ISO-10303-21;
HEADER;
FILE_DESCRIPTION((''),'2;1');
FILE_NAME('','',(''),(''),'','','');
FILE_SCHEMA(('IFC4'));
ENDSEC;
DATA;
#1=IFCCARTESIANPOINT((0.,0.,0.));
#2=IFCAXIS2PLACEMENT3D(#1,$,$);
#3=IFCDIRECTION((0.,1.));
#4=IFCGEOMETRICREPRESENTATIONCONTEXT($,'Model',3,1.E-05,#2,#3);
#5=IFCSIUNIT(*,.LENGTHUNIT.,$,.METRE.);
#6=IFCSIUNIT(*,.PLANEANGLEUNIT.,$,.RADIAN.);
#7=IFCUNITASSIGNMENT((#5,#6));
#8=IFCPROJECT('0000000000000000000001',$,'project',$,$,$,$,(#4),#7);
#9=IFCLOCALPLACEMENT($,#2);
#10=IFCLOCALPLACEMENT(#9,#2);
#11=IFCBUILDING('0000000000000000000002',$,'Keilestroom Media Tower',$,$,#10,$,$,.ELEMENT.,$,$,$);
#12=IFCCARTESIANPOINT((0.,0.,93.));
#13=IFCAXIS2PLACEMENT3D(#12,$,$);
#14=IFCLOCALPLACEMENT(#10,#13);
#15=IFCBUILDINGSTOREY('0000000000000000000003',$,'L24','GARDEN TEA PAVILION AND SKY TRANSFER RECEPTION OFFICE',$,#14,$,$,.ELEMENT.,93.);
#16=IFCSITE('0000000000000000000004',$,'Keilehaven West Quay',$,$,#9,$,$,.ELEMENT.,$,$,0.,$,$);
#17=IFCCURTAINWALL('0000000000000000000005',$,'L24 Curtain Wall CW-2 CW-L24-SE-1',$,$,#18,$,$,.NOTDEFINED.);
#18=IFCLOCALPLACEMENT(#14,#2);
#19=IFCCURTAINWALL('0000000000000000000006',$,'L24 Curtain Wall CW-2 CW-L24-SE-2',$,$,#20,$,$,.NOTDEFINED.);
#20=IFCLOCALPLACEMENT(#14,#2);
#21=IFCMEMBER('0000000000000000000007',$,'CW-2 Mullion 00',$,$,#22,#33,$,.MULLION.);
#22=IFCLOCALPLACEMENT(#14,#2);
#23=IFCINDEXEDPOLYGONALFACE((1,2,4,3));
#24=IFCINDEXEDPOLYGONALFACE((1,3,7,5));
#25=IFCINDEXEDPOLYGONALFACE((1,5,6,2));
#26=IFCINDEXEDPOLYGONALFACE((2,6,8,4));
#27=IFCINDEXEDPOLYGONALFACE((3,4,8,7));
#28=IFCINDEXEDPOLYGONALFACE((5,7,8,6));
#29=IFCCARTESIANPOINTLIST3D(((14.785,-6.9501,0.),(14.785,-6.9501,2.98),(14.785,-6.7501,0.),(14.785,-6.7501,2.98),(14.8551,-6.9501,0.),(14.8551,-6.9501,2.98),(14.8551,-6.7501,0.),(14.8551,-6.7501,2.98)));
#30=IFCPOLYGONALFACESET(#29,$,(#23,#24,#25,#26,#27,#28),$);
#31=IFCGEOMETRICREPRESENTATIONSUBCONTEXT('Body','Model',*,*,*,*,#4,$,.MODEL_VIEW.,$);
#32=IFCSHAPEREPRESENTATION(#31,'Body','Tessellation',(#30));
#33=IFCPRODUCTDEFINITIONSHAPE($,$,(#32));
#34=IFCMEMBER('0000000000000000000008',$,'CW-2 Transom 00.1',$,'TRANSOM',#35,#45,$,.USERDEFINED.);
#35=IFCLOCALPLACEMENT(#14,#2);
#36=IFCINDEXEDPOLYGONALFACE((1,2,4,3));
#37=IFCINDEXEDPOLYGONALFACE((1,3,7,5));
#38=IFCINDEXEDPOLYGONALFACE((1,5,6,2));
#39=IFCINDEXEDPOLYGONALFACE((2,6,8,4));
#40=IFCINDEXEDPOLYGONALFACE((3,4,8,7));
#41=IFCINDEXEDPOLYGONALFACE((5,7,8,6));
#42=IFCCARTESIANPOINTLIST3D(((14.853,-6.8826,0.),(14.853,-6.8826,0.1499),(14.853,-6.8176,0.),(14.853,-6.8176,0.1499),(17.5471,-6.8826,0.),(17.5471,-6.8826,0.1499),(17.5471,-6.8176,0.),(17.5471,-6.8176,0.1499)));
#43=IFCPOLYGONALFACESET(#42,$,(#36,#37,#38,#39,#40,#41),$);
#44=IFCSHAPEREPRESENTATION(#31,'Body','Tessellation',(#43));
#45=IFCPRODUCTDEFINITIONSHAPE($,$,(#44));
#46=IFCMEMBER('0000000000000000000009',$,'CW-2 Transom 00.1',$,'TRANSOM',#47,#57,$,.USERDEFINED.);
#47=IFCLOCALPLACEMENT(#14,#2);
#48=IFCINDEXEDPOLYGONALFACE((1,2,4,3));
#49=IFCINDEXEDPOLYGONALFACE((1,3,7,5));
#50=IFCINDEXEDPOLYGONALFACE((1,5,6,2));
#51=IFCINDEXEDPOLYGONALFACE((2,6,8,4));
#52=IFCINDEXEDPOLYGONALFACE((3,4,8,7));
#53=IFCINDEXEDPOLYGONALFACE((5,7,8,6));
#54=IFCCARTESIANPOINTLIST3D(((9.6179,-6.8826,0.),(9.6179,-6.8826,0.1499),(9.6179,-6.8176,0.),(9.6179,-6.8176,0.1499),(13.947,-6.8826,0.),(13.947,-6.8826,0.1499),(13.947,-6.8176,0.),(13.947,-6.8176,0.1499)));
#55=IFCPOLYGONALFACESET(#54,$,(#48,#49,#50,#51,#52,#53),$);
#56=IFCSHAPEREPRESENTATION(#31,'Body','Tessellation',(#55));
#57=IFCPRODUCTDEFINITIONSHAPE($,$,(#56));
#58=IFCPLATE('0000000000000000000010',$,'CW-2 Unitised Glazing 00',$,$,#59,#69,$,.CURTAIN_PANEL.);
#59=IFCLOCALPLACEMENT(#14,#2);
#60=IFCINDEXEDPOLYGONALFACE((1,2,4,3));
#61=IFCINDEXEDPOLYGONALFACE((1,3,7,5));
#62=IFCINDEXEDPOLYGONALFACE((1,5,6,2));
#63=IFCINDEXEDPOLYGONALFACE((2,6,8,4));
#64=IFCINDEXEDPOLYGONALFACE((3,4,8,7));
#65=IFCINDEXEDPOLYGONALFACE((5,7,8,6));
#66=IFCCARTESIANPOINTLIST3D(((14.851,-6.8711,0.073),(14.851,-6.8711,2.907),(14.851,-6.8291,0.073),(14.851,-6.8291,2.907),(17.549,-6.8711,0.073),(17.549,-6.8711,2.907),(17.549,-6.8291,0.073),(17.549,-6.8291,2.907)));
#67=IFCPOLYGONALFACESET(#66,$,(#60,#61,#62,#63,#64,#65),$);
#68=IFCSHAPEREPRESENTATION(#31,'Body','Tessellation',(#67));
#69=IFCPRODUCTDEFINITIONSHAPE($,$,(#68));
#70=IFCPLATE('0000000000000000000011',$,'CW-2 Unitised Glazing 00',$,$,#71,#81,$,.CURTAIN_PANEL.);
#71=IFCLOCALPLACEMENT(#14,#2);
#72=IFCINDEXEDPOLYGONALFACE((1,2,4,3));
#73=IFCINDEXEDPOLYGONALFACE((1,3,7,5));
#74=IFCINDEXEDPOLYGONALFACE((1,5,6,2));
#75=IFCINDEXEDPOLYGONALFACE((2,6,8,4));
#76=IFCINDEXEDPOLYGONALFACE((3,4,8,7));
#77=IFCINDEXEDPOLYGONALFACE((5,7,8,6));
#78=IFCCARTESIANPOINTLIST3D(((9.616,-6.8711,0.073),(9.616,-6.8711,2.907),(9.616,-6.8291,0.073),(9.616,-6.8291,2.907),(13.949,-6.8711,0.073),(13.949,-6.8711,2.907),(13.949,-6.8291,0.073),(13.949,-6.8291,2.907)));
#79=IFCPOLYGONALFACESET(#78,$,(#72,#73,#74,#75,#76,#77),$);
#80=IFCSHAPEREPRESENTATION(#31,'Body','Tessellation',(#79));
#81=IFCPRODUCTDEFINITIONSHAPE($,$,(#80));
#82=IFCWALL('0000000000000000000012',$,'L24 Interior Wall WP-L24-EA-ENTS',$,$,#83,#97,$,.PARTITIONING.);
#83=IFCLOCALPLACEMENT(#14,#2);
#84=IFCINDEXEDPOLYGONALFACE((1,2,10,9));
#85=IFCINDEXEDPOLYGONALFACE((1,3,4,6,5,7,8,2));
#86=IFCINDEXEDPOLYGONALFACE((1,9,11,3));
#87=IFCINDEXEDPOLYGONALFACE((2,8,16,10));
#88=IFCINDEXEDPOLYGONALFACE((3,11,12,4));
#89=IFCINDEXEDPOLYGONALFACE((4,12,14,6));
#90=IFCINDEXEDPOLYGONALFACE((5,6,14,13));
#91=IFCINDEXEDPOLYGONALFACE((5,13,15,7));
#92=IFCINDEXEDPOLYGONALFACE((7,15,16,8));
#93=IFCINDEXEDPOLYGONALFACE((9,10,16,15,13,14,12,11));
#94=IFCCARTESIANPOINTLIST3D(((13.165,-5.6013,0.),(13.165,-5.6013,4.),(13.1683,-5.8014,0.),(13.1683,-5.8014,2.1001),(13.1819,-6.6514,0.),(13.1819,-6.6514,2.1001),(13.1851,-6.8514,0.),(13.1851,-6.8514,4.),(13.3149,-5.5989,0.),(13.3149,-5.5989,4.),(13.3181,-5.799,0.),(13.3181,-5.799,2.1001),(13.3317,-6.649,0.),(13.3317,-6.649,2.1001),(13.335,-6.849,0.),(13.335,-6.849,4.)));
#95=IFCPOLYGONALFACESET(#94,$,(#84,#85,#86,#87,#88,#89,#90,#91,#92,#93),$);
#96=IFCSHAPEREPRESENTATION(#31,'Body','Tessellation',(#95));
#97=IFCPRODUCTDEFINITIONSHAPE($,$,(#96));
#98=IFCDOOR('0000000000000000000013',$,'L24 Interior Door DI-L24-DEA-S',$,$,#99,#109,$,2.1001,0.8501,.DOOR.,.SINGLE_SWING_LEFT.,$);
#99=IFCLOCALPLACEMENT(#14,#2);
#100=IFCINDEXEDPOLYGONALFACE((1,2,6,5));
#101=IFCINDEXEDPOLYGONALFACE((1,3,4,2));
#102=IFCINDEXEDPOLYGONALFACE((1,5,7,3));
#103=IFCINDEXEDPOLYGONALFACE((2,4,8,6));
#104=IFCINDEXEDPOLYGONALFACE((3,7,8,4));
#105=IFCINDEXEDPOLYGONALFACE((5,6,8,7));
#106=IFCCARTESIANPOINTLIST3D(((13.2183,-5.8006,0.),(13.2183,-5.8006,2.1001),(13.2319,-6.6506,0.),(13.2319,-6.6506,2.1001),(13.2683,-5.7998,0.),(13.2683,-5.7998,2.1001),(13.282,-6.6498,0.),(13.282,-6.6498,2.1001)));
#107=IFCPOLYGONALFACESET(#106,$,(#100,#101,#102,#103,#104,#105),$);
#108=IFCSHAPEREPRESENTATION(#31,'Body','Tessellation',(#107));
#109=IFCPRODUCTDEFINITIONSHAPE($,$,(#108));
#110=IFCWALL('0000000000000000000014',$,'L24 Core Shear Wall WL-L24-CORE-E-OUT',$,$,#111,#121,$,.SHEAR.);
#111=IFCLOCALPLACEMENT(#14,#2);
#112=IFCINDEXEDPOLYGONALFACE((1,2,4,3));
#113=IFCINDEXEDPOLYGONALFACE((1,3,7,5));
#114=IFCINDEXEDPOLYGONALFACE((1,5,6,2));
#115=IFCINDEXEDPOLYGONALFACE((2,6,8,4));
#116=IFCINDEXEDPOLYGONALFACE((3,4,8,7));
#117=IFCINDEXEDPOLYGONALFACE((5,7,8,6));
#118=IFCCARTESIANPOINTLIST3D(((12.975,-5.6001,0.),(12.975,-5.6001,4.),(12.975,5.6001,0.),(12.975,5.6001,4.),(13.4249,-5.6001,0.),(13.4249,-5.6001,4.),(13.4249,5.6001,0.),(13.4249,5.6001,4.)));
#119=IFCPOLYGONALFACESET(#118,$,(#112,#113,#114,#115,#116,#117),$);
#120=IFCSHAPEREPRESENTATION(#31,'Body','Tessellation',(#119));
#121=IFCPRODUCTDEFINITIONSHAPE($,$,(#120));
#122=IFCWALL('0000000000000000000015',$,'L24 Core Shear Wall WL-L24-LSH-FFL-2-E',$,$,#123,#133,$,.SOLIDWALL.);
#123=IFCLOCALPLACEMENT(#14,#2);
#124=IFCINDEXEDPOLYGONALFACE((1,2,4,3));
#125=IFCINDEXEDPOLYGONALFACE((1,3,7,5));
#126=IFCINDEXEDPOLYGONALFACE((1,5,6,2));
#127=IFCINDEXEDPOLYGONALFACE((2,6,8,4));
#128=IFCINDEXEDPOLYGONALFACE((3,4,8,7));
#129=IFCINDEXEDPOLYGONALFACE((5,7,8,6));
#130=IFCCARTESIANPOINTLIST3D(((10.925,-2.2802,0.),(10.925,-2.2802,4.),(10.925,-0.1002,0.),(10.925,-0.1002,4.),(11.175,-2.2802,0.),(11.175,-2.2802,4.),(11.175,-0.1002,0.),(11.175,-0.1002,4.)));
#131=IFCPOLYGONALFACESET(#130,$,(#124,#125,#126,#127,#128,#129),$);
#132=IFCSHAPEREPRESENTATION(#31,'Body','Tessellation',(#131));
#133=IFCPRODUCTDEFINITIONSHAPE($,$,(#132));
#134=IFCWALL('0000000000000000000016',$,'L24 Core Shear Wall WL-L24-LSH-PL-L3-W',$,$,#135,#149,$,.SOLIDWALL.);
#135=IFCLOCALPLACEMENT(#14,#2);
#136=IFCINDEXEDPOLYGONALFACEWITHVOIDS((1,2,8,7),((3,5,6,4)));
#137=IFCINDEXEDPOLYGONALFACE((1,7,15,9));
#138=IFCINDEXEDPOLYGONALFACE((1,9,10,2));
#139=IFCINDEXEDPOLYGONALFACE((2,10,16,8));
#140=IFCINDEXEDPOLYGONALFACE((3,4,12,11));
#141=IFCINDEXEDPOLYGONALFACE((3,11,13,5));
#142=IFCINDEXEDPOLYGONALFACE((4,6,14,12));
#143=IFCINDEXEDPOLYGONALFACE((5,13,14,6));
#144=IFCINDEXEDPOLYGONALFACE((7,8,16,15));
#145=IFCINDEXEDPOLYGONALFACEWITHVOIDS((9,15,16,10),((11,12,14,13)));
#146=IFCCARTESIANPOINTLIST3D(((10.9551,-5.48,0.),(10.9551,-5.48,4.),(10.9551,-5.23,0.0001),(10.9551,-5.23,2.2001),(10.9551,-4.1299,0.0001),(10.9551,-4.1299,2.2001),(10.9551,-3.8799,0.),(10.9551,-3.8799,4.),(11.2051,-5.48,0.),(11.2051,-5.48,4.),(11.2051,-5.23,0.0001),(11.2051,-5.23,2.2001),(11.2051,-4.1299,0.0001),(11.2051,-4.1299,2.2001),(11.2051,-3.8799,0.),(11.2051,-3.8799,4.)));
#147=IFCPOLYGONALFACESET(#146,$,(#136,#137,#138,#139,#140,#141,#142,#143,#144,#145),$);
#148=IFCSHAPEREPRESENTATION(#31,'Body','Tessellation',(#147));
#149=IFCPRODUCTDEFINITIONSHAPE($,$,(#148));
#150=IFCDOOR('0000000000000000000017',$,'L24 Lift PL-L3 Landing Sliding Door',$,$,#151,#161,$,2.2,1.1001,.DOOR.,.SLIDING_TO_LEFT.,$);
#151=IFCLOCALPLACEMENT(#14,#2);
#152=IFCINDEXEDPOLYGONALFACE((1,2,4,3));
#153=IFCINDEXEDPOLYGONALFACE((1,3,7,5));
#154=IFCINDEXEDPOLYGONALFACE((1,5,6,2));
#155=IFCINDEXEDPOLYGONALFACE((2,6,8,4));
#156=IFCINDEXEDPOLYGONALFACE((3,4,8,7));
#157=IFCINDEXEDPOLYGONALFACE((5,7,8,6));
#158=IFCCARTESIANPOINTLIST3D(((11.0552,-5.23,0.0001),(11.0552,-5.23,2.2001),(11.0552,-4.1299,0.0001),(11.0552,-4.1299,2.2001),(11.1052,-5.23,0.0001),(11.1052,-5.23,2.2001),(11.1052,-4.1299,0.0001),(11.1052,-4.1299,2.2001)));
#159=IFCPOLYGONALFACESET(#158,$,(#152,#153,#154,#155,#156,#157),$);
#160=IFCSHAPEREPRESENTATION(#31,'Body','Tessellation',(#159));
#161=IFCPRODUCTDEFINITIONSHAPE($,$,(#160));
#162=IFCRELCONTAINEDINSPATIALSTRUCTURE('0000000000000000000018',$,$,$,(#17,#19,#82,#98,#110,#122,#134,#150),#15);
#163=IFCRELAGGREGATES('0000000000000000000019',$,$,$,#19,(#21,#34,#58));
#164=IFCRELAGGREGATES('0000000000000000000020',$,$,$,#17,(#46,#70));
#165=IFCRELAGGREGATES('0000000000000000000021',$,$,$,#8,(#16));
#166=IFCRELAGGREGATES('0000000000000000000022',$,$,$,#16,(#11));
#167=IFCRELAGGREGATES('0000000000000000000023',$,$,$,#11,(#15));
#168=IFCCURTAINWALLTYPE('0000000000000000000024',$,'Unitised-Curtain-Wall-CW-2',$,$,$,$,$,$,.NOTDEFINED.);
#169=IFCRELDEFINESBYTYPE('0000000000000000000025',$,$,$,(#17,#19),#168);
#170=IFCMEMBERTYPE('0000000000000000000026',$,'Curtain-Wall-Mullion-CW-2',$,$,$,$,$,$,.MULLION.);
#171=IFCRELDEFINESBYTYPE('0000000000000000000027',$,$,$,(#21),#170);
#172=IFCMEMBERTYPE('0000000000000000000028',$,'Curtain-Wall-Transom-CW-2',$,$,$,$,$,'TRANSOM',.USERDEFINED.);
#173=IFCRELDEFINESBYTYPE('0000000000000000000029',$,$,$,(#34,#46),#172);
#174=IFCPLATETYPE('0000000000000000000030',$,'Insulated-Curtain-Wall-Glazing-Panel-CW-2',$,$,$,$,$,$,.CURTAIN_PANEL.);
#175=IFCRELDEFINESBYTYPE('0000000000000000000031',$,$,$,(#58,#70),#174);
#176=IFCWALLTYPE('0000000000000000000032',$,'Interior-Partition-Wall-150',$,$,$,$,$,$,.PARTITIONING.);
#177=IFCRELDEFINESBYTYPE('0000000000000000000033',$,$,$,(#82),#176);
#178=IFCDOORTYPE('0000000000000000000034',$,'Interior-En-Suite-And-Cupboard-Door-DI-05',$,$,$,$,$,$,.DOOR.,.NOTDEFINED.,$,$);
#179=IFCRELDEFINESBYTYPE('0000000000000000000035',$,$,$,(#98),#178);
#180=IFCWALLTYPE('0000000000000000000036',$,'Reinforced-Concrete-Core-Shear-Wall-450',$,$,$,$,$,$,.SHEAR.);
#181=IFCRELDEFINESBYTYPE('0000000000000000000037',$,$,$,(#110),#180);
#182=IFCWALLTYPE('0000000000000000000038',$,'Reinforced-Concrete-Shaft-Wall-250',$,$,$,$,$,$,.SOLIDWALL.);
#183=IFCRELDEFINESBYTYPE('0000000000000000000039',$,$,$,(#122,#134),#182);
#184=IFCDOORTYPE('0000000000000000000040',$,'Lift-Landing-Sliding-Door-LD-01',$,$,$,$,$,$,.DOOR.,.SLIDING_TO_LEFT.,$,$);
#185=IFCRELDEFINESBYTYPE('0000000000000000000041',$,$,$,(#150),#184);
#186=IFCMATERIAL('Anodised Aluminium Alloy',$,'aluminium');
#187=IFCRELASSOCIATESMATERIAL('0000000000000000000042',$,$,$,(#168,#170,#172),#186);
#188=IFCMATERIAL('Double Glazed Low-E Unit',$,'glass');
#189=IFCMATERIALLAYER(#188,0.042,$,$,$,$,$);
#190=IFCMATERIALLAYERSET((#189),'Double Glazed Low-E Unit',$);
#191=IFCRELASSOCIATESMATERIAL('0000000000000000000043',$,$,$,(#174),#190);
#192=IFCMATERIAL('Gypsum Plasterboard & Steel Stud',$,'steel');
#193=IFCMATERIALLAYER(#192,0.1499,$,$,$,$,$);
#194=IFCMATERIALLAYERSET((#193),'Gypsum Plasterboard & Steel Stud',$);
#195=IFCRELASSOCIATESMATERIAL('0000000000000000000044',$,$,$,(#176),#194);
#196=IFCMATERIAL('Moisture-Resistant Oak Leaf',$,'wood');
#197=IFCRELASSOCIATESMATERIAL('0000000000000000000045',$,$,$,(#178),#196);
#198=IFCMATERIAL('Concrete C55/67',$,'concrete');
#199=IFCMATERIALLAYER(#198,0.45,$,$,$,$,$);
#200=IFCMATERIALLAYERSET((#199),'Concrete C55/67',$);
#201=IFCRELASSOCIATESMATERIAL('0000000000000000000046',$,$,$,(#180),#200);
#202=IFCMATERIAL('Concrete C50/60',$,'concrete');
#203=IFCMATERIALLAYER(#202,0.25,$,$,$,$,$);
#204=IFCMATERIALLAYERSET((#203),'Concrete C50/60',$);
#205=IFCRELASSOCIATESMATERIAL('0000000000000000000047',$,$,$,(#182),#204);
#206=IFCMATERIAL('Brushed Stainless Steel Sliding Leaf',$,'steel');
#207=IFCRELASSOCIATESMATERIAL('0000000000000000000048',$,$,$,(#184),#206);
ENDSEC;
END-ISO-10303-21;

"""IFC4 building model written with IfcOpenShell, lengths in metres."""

from ifc_helpers import new_model, si_unit, direction, frame, frame_2d, origin, origin_2d, place, context, subcontext, project, spatial, rectangle, extrude, source, transform, mapped, material, layer, layer_set, material_profile, profile_set, type_object, element, fill, aggregate, save


model = new_model("IFC4")

# Units and contexts
model_context = context("Model", 3, precision=1e-05, world=origin(), true_north=direction((0.0, 1.0)))
body_context = subcontext(model_context, "Body", "Model", "MODEL_VIEW")
ifc_project = project(units=[si_unit("LENGTHUNIT", "METRE"), si_unit("PLANEANGLEUNIT", "RADIAN")], contexts=[model_context])

# Site, building, storey
site_placement = place(None, origin())
site = spatial("IfcSite", under=ifc_project, at=site_placement, Name="Keilehaven West Quay", CompositionType="ELEMENT", RefElevation=0.0)
building_placement = place(site_placement, origin())
building = spatial("IfcBuilding", under=site, at=building_placement, Name="Keilestroom Media Tower", CompositionType="ELEMENT")
storey_placement = place(building_placement, frame((0.0, 0.0, 93.0)))
storey = spatial("IfcBuildingStorey", under=building, at=storey_placement, Name="L24", Description="GARDEN TEA PAVILION AND SKY TRANSFER RECEPTION OFFICE", CompositionType="ELEMENT", Elevation=93.0)

# Shared definitions
ifc_material_1 = material(Name="Concrete C55/67", Category="concrete")

# Curtain wall
ifc_material_2 = material(Name="Anodised Aluminium Alloy", Category="aluminium")
curtain_wall_type = type_object("IfcCurtainWallType", Name="Unitised-Curtain-Wall-CW-2", PredefinedType="NOTDEFINED", material=ifc_material_2)
curtain_wall_1_placement = place(storey_placement, origin())
curtain_wall_1 = element("IfcCurtainWall", 1, at=curtain_wall_1_placement, inside=storey, type_object=curtain_wall_type, Name="L24 Curtain Wall CW-2 CW-L24-SE-1", PredefinedType="NOTDEFINED")
ifc_material_profile_1 = material_profile(ifc_material_2, rectangle(XDim=0.0701, YDim=0.2, at=origin_2d()), Name="ALU MULLION 70x200")
ifc_profile_set_1 = profile_set([ifc_material_profile_1], Name="Anodised Aluminium Alloy")
member_type_1 = type_object("IfcMemberType", Name="Curtain-Wall-Mullion-CW-2", PredefinedType="MULLION", material=ifc_profile_set_1)
shared_shape_1 = source(origin(), body_context, "Body", "SweptSolid", [
    extrude(rectangle(XDim=0.0701, YDim=0.2, at=origin_2d()), origin(), (0.0, 0.0, 1.0), 2.98),
])

# Curtain wall, members
curtain_wall_2_placement = place(storey_placement, origin())
curtain_wall_2 = element("IfcCurtainWall", 2, at=curtain_wall_2_placement, inside=storey, type_object=curtain_wall_type, Name="L24 Curtain Wall CW-2 CW-L24-SE-2", PredefinedType="NOTDEFINED")
member_1_placement = place(storey_placement, frame((14.8201, -6.8501, 0.0), z_axis=(0.0, 0.0, 1.0), x_axis=(1.0, 0.0, 0.0)))
member_1 = element("IfcMember", 3, at=member_1_placement, type_object=member_type_1, Name="CW-2 Mullion 00", PredefinedType="MULLION", context=body_context, shape_type="MappedRepresentation", body=[
    mapped(shared_shape_1, transform((0.0, 0.0, 0.0), x_axis=(1.0, 0.0, 0.0), y_axis=(0.0, 1.0, 0.0), z_axis=(0.0, 0.0, 1.0), scale=1.0)),
])
ifc_material_profile_2 = material_profile(ifc_material_2, rectangle(XDim=0.0649, YDim=0.1499, at=origin_2d()), Name="ALU TRANSOM 65x150")
ifc_profile_set_2 = profile_set([ifc_material_profile_2], Name="Anodised Aluminium Alloy")
member_type_2 = type_object("IfcMemberType", Name="Curtain-Wall-Transom-CW-2", ElementType="TRANSOM", PredefinedType="USERDEFINED", material=ifc_profile_set_2)
shared_shape_2 = source(origin(), body_context, "Body", "SweptSolid", [
    extrude(rectangle(XDim=0.0649, YDim=0.1499, at=origin_2d()), origin(), (0.0, 0.0, 1.0), 2.6941),
])
member_2_placement = place(storey_placement, frame((14.853, -6.8501, 0.075), z_axis=(1.0, 0.0, 0.0), x_axis=(0.0, 1.0, 0.0)))
member_2 = element("IfcMember", 4, at=member_2_placement, type_object=member_type_2, Name="CW-2 Transom 00.1", ObjectType="TRANSOM", PredefinedType="USERDEFINED", context=body_context, shape_type="MappedRepresentation", body=[
    mapped(shared_shape_2, transform((0.0, 0.0, 0.0), x_axis=(1.0, 0.0, 0.0), y_axis=(0.0, 1.0, 0.0), z_axis=(0.0, 0.0, 1.0), scale=1.0)),
])

# Member
shared_shape_3 = source(origin(), body_context, "Body", "SweptSolid", [
    extrude(rectangle(XDim=0.0649, YDim=0.1499, at=origin_2d()), origin(), (0.0, 0.0, 1.0), 4.3291),
])
member_3_placement = place(storey_placement, frame((9.6179, -6.8501, 0.075), z_axis=(1.0, 0.0, 0.0), x_axis=(0.0, 1.0, 0.0)))
member_3 = element("IfcMember", 5, at=member_3_placement, type_object=member_type_2, Name="CW-2 Transom 00.1", ObjectType="TRANSOM", PredefinedType="USERDEFINED", context=body_context, shape_type="MappedRepresentation", body=[
    mapped(shared_shape_3, transform((0.0, 0.0, 0.0), x_axis=(1.0, 0.0, 0.0), y_axis=(0.0, 1.0, 0.0), z_axis=(0.0, 0.0, 1.0), scale=1.0)),
])

# Plates
ifc_material_3 = material(Name="Double Glazed Low-E Unit", Category="glass")
ifc_layer_1 = layer(ifc_material_3, 0.042)
ifc_layer_set_1 = layer_set([ifc_layer_1], Name="Double Glazed Low-E Unit")
plate_type = type_object("IfcPlateType", Name="Insulated-Curtain-Wall-Glazing-Panel-CW-2", PredefinedType="CURTAIN_PANEL", material=ifc_layer_set_1)
shared_shape_4 = source(origin(), body_context, "Body", "SweptSolid", [
    extrude(rectangle(XDim=2.698, YDim=0.042, at=origin_2d()), origin(), (0.0, 0.0, 1.0), 2.834),
])
plate_1_placement = place(storey_placement, frame((16.2, -6.8501, 0.073), z_axis=(0.0, 0.0, 1.0), x_axis=(1.0, 0.0, 0.0)))
plate_1 = element("IfcPlate", 6, at=plate_1_placement, type_object=plate_type, Name="CW-2 Unitised Glazing 00", PredefinedType="CURTAIN_PANEL", context=body_context, shape_type="MappedRepresentation", body=[
    mapped(shared_shape_4, transform((0.0, 0.0, 0.0), x_axis=(1.0, 0.0, 0.0), y_axis=(0.0, 1.0, 0.0), z_axis=(0.0, 0.0, 1.0), scale=1.0)),
])
aggregate(curtain_wall_2, [member_1, member_2, plate_1])
shared_shape_5 = source(origin(), body_context, "Body", "SweptSolid", [
    extrude(rectangle(XDim=4.333, YDim=0.042, at=origin_2d()), origin(), (0.0, 0.0, 1.0), 2.834),
])
plate_2_placement = place(storey_placement, frame((11.7825, -6.8501, 0.073), z_axis=(0.0, 0.0, 1.0), x_axis=(1.0, 0.0, 0.0)))
plate_2 = element("IfcPlate", 7, at=plate_2_placement, type_object=plate_type, Name="CW-2 Unitised Glazing 00", PredefinedType="CURTAIN_PANEL", context=body_context, shape_type="MappedRepresentation", body=[
    mapped(shared_shape_5, transform((0.0, 0.0, 0.0), x_axis=(1.0, 0.0, 0.0), y_axis=(0.0, 1.0, 0.0), z_axis=(0.0, 0.0, 1.0), scale=1.0)),
])
aggregate(curtain_wall_1, [member_3, plate_2])

# Wall, opening, door
ifc_material_4 = material(Name="Gypsum Plasterboard & Steel Stud", Category="steel")
ifc_layer_2 = layer(ifc_material_4, 0.1499)
ifc_layer_set_2 = layer_set([ifc_layer_2], Name="Gypsum Plasterboard & Steel Stud")
wall_type_1 = type_object("IfcWallType", Name="Interior-Partition-Wall-150", PredefinedType="PARTITIONING", material=ifc_layer_set_2)
wall_1_placement = place(storey_placement, frame((13.26, -6.8501, 0.0), z_axis=(0.0, 0.0, 1.0), x_axis=(-0.016014, 0.999872, 0.0)))
wall_1 = element("IfcWall", 8, at=wall_1_placement, inside=storey, type_object=wall_type_1, Name="L24 Interior Wall WP-L24-EA-ENTS", PredefinedType="PARTITIONING", context=body_context, shape_type="SweptSolid", body=[
    extrude(rectangle(XDim=1.2502, YDim=0.1499, at=frame_2d((0.625, 0.0))), origin(), (0.0, 0.0, 1.0), 4.0),
])
opening_1_placement = place(wall_1_placement, frame((0.2, 0.0, 0.0)))
opening_1 = element("IfcOpeningElement", 9, at=opening_1_placement, cuts=wall_1, PredefinedType="OPENING", context=body_context, shape_type="SweptSolid", body=[
    extrude(rectangle(XDim=0.8501, YDim=2.1001, at=frame_2d((0.425, 1.05))), frame((0.0, 0.085, 0.0), z_axis=(0.0, -1.0, 0.0), x_axis=(1.0, 0.0, 0.0)), (0.0, 0.0, 1.0), 0.1699),
])
ifc_material_5 = material(Name="Moisture-Resistant Oak Leaf", Category="wood")
door_type_1 = type_object("IfcDoorType", Name="Interior-En-Suite-And-Cupboard-Door-DI-05", OperationType="NOTDEFINED", PredefinedType="DOOR", material=ifc_material_5)
shared_shape_6 = source(origin(), body_context, "Body", "SweptSolid", [
    extrude(rectangle(XDim=0.8501, YDim=2.1001, at=frame_2d((0.425, 1.05))), frame((0.0, 0.0249, 0.0), z_axis=(0.0, -1.0, 0.0), x_axis=(1.0, 0.0, 0.0)), (0.0, 0.0, 1.0), 0.05),
])
door_1_placement = place(opening_1_placement, origin())
door_1 = element("IfcDoor", 10, at=door_1_placement, inside=storey, type_object=door_type_1, Name="L24 Interior Door DI-L24-DEA-S", OperationType="SINGLE_SWING_LEFT", OverallHeight=2.1001, OverallWidth=0.8501, PredefinedType="DOOR", context=body_context, shape_type="MappedRepresentation", body=[
    mapped(shared_shape_6, transform((0.0, 0.0, 0.0), x_axis=(1.0, 0.0, 0.0), y_axis=(0.0, 1.0, 0.0), z_axis=(0.0, 0.0, 1.0), scale=1.0)),
])
fill(opening_1, door_1)

# Walls
ifc_layer_3 = layer(ifc_material_1, 0.45)
ifc_layer_set_3 = layer_set([ifc_layer_3], Name="Concrete C55/67")
wall_type_2 = type_object("IfcWallType", Name="Reinforced-Concrete-Core-Shear-Wall-450", PredefinedType="SHEAR", material=ifc_layer_set_3)
wall_2_placement = place(storey_placement, frame((13.2, -5.6001, 0.0), z_axis=(0.0, 0.0, 1.0), x_axis=(0.0, 1.0, 0.0)))
element("IfcWall", 11, at=wall_2_placement, inside=storey, type_object=wall_type_2, Name="L24 Core Shear Wall WL-L24-CORE-E-OUT", PredefinedType="SHEAR", context=body_context, shape_type="SweptSolid", body=[
    extrude(rectangle(XDim=11.2002, YDim=0.45, at=frame_2d((5.6001, 0.0))), origin(), (0.0, 0.0, 1.0), 4.0),
])
ifc_material_6 = material(Name="Concrete C50/60", Category="concrete")
ifc_layer_4 = layer(ifc_material_6, 0.25)
ifc_layer_set_4 = layer_set([ifc_layer_4], Name="Concrete C50/60")
wall_type_3 = type_object("IfcWallType", Name="Reinforced-Concrete-Shaft-Wall-250", PredefinedType="SOLIDWALL", material=ifc_layer_set_4)
wall_3_placement = place(storey_placement, frame((11.05, -2.28, 0.0), z_axis=(0.0, 0.0, 1.0), x_axis=(0.0, 1.0, 0.0)))
element("IfcWall", 12, at=wall_3_placement, inside=storey, type_object=wall_type_3, Name="L24 Core Shear Wall WL-L24-LSH-FFL-2-E", PredefinedType="SOLIDWALL", context=body_context, shape_type="SweptSolid", body=[
    extrude(rectangle(XDim=2.1799, YDim=0.25, at=frame_2d((1.0898, 0.0))), origin(), (0.0, 0.0, 1.0), 4.0),
])

# Wall, opening, door
wall_4_placement = place(storey_placement, frame((11.0801, -5.48, 0.0), z_axis=(0.0, 0.0, 1.0), x_axis=(0.0, 1.0, 0.0)))
wall_4 = element("IfcWall", 13, at=wall_4_placement, inside=storey, type_object=wall_type_3, Name="L24 Core Shear Wall WL-L24-LSH-PL-L3-W", PredefinedType="SOLIDWALL", context=body_context, shape_type="SweptSolid", body=[
    extrude(rectangle(XDim=1.6001, YDim=0.25, at=frame_2d((0.8, 0.0))), origin(), (0.0, 0.0, 1.0), 4.0),
])
opening_2_placement = place(wall_4_placement, frame((0.25, 0.0, 0.0)))
opening_2 = element("IfcOpeningElement", 14, at=opening_2_placement, cuts=wall_4, PredefinedType="OPENING", context=body_context, shape_type="SweptSolid", body=[
    extrude(rectangle(XDim=1.1001, YDim=2.2, at=frame_2d((0.55, 1.1001))), frame((0.0, 0.135, 0.0), z_axis=(0.0, -1.0, 0.0), x_axis=(1.0, 0.0, 0.0)), (0.0, 0.0, 1.0), 0.27),
])
ifc_material_7 = material(Name="Brushed Stainless Steel Sliding Leaf", Category="steel")
door_type_2 = type_object("IfcDoorType", Name="Lift-Landing-Sliding-Door-LD-01", OperationType="SLIDING_TO_LEFT", PredefinedType="DOOR", material=ifc_material_7)
shared_shape_7 = source(origin(), body_context, "Body", "SweptSolid", [
    extrude(rectangle(XDim=1.1001, YDim=2.2, at=frame_2d((0.55, 1.1001))), frame((0.0, 0.0249, 0.0), z_axis=(0.0, -1.0, 0.0), x_axis=(1.0, 0.0, 0.0)), (0.0, 0.0, 1.0), 0.05),
])
door_2_placement = place(opening_2_placement, origin())
door_2 = element("IfcDoor", 15, at=door_2_placement, inside=storey, type_object=door_type_2, Name="L24 Lift PL-L3 Landing Sliding Door", OperationType="SLIDING_TO_LEFT", OverallHeight=2.2, OverallWidth=1.1001, PredefinedType="DOOR", context=body_context, shape_type="MappedRepresentation", body=[
    mapped(shared_shape_7, transform((0.0, 0.0, 0.0), x_axis=(1.0, 0.0, 0.0), y_axis=(0.0, 1.0, 0.0), z_axis=(0.0, 0.0, 1.0), scale=1.0)),
])
fill(opening_2, door_2)

save(model, "model.ifc")
